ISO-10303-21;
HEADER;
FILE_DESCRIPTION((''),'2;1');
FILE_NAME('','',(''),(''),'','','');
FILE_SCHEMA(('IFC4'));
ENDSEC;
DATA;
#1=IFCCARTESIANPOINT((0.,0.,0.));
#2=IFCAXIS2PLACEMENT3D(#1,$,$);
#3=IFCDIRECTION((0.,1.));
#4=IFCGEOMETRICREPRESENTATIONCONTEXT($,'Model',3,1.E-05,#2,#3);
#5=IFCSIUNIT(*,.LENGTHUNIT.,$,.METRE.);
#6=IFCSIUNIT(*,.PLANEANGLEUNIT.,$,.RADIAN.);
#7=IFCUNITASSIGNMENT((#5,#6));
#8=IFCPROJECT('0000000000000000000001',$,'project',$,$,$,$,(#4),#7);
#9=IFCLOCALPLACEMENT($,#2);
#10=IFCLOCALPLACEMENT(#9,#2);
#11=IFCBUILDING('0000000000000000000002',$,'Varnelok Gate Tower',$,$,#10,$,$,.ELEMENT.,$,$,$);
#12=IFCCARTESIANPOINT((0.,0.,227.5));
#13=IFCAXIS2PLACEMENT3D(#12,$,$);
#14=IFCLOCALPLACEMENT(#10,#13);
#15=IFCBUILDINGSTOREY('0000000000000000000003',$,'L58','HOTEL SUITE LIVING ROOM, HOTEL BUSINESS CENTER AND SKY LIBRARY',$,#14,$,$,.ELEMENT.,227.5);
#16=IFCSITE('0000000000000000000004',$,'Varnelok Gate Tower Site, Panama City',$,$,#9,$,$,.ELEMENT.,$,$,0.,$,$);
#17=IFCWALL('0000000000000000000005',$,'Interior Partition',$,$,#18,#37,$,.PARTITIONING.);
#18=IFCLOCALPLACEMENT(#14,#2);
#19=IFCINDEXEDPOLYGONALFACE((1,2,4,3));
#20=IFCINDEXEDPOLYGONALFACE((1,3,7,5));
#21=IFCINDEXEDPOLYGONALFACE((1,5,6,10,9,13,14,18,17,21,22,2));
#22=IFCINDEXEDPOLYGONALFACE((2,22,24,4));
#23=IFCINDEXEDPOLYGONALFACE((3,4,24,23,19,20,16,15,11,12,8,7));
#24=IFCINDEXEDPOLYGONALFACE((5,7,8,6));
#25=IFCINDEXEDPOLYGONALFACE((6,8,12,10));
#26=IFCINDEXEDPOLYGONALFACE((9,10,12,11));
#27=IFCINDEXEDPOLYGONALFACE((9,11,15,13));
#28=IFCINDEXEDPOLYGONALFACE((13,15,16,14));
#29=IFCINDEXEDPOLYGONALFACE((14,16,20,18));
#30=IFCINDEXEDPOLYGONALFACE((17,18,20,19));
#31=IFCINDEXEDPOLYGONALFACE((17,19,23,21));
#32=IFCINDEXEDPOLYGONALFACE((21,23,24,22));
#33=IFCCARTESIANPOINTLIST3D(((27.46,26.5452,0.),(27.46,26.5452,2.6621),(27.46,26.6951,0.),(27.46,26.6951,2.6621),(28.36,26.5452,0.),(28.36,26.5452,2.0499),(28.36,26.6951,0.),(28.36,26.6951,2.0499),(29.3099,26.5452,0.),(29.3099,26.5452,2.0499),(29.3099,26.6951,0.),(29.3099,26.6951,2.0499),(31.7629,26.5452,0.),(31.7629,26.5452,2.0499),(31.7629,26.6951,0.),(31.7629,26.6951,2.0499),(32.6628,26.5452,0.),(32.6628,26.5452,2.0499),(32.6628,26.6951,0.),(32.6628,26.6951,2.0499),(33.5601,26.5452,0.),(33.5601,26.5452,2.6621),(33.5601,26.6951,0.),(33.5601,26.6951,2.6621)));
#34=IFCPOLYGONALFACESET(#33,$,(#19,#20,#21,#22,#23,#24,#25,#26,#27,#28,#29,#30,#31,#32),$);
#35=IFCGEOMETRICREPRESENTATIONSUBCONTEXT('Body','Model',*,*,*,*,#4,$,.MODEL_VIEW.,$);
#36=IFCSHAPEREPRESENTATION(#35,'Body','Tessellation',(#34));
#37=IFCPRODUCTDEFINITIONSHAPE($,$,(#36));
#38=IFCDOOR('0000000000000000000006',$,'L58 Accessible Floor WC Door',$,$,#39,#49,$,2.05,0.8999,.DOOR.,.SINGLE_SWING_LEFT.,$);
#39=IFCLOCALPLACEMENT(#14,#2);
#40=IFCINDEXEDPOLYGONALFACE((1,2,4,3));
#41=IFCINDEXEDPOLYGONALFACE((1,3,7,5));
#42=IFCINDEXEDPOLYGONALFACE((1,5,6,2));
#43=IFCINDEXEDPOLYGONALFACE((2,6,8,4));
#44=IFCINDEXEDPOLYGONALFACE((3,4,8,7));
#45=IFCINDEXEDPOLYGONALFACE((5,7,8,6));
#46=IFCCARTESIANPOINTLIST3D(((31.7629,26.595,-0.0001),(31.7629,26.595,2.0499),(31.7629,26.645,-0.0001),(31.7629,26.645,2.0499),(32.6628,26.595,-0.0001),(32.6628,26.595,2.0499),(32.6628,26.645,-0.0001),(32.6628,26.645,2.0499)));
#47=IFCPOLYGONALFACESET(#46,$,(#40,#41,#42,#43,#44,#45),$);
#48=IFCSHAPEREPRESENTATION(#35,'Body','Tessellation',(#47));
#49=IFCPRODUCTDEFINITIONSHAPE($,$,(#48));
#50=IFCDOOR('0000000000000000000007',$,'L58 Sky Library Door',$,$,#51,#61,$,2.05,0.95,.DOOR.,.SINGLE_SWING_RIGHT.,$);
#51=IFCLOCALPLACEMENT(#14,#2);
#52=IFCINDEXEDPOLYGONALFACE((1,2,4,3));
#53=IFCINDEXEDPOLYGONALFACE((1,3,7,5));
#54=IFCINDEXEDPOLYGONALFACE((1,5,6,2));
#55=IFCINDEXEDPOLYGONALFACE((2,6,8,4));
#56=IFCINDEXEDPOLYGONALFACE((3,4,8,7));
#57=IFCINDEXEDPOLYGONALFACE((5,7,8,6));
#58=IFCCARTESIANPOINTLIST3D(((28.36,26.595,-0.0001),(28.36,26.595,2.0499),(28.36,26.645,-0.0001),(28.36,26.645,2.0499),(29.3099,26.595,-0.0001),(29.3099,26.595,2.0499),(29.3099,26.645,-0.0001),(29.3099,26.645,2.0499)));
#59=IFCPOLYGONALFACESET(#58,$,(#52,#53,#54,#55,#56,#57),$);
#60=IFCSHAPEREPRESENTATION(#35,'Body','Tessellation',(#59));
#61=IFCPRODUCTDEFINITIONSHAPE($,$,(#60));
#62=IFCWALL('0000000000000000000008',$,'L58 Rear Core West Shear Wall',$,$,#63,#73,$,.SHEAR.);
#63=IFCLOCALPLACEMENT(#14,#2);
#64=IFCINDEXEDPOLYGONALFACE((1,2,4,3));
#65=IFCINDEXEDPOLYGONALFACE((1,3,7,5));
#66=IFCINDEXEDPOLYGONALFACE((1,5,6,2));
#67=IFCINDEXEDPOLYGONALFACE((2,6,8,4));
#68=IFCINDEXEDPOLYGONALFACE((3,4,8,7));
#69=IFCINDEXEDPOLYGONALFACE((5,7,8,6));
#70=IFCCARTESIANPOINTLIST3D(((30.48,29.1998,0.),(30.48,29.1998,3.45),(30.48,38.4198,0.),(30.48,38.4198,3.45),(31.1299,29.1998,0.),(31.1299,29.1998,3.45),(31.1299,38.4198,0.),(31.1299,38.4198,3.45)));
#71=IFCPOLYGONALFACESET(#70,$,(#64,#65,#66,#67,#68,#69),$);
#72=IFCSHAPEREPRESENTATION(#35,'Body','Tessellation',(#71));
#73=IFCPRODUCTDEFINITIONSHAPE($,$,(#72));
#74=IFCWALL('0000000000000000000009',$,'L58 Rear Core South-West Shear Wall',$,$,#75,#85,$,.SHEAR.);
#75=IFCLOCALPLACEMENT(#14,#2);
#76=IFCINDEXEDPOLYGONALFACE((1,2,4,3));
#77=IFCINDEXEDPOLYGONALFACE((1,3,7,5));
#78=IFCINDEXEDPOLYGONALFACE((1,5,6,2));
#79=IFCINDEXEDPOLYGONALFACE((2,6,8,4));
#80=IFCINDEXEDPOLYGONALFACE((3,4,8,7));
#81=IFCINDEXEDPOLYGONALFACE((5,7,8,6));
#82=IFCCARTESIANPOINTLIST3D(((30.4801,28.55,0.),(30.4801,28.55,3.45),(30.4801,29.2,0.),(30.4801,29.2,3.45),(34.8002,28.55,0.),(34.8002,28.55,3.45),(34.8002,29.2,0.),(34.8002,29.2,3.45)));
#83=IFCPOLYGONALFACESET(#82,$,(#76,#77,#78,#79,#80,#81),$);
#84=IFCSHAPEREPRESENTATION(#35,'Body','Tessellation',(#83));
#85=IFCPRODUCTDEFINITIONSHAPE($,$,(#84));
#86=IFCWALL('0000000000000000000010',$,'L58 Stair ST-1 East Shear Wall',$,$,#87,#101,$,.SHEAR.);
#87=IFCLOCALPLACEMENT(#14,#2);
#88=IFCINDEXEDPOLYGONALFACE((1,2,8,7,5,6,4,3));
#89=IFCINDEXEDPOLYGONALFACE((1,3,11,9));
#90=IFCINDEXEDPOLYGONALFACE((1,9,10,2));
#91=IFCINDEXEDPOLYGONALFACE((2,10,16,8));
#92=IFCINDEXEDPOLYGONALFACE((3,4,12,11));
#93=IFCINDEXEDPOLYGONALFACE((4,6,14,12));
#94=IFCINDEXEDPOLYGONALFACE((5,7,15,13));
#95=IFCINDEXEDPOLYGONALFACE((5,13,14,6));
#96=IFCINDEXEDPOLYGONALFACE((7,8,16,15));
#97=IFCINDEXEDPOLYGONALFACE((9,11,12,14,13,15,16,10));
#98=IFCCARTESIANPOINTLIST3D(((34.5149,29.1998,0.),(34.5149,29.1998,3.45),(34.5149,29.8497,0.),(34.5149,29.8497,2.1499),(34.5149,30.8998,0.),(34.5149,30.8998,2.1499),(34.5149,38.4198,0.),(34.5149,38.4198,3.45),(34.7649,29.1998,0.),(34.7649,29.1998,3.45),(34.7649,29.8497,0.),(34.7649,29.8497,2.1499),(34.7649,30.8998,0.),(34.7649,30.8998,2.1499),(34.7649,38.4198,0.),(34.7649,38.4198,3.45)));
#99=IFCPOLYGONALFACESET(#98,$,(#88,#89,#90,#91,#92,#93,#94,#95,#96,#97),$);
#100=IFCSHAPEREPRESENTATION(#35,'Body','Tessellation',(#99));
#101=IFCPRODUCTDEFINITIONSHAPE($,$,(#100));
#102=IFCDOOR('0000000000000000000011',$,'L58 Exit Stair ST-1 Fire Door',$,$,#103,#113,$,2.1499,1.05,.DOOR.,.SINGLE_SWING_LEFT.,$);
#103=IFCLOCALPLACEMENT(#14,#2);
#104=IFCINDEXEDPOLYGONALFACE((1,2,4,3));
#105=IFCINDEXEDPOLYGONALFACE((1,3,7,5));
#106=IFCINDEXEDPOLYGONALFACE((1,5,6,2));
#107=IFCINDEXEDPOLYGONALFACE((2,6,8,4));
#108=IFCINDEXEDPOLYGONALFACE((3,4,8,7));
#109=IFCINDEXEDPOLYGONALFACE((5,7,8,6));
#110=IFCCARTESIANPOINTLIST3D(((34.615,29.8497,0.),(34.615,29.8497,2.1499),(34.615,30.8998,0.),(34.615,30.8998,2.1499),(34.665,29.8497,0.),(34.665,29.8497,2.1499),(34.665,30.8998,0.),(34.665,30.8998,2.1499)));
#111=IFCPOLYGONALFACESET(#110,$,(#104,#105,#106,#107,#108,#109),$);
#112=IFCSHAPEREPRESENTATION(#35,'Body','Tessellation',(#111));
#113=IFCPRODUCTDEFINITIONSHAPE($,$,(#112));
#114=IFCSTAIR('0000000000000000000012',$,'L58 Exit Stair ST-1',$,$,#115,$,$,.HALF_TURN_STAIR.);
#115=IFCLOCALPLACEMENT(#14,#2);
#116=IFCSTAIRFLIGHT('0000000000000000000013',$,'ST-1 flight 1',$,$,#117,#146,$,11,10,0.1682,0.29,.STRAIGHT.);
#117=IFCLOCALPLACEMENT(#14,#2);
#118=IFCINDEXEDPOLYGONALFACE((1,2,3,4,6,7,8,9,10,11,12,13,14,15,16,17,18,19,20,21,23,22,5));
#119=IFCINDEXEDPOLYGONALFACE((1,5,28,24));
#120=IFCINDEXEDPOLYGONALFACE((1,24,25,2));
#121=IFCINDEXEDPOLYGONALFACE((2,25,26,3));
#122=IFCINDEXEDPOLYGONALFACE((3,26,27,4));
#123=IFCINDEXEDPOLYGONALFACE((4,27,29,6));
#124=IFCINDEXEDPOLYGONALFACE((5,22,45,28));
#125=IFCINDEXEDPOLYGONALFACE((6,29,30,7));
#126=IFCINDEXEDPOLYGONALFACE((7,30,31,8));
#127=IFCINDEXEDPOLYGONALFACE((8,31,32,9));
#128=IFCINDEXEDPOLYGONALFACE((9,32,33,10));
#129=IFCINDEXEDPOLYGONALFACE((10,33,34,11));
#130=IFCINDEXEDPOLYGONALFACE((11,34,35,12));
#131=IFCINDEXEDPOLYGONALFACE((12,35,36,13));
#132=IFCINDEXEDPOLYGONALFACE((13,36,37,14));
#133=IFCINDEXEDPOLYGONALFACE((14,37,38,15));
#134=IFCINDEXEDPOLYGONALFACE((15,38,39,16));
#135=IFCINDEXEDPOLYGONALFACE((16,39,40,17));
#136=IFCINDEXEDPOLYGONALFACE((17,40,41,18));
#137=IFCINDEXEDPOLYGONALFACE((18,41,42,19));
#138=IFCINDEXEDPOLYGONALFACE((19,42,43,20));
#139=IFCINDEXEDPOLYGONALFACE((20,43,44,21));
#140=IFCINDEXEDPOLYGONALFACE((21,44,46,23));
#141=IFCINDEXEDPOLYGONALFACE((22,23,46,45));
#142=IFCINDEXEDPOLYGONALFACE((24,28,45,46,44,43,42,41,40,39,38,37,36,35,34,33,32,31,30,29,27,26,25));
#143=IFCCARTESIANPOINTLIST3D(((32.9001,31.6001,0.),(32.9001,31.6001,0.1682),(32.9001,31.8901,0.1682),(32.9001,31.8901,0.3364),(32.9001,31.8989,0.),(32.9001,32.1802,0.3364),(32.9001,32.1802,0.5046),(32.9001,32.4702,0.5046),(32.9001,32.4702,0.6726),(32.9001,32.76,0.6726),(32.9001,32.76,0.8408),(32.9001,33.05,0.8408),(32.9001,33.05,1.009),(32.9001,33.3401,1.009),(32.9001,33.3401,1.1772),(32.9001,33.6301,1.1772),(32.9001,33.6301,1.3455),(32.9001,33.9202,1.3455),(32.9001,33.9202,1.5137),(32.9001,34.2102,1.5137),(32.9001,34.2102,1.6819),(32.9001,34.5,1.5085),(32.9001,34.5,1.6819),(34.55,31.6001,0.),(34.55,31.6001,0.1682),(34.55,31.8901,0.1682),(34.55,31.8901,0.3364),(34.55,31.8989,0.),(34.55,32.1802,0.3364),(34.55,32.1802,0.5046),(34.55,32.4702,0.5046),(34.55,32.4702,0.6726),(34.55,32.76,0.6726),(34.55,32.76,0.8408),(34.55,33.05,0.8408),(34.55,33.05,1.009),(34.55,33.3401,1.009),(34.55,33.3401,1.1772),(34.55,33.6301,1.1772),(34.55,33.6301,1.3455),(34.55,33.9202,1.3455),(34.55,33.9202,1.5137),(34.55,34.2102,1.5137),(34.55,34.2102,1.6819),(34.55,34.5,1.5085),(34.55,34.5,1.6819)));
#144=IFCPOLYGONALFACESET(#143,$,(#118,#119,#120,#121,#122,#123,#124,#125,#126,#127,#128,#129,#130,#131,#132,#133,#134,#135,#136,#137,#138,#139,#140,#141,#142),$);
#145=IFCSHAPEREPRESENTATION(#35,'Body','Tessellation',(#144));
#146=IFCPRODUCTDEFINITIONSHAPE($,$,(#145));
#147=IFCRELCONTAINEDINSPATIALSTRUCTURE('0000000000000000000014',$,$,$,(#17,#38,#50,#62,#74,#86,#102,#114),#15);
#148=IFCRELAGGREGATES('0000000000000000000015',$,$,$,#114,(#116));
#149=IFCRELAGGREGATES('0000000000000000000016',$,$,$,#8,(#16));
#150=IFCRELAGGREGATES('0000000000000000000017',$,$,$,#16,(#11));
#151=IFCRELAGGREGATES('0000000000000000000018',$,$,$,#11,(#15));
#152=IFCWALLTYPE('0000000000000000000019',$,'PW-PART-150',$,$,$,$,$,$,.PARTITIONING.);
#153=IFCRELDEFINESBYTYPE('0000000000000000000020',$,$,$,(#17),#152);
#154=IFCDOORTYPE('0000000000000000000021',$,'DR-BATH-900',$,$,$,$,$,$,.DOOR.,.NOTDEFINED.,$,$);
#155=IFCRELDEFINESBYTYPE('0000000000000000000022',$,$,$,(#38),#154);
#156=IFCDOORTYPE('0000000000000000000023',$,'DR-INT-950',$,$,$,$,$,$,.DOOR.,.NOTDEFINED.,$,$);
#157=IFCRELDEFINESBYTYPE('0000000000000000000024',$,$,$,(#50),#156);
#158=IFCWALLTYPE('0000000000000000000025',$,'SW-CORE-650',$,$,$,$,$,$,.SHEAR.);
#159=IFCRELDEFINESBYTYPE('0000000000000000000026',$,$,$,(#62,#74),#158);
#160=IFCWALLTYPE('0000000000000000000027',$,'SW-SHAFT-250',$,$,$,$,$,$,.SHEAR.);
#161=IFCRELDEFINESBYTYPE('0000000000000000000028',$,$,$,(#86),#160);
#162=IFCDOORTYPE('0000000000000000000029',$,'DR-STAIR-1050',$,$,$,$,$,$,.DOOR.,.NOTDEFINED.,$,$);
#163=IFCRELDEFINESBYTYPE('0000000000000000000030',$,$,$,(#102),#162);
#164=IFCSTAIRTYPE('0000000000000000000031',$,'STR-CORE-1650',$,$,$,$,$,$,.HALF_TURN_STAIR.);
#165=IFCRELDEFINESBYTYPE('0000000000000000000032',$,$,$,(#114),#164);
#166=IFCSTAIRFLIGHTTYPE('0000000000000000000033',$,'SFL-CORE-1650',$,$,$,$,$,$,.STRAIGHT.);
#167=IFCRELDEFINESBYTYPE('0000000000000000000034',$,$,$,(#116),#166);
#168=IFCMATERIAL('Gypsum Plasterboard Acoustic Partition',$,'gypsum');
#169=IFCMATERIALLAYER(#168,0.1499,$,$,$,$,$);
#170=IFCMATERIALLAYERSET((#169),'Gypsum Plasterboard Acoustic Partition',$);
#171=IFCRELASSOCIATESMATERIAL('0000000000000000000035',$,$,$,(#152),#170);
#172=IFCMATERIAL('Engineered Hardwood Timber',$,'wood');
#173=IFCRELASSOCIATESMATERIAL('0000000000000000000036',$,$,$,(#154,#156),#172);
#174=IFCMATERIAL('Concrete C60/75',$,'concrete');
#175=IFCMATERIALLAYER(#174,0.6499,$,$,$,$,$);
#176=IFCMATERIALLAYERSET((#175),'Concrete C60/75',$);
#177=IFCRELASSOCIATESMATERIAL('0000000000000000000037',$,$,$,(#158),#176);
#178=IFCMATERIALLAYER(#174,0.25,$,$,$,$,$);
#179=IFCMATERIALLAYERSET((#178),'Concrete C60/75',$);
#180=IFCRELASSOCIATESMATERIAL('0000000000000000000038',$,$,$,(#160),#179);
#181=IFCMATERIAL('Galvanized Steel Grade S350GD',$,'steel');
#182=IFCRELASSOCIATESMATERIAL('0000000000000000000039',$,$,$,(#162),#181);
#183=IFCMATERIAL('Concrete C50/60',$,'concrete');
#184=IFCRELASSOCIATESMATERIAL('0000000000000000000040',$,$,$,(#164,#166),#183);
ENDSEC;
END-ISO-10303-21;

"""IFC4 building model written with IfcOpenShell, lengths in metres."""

from ifc_helpers import new_model, si_unit, direction, frame, frame_2d, origin, place, context, subcontext, project, spatial, polyline, rectangle, outline, extrude, material, layer, layer_set, type_object, element, fill, aggregate, save


model = new_model("IFC4")

# Units and contexts
model_context = context("Model", 3, precision=1e-05, world=origin(), true_north=direction((0.0, 1.0)))
body_context = subcontext(model_context, "Body", "Model", "MODEL_VIEW")
ifc_project = project(units=[si_unit("LENGTHUNIT", "METRE"), si_unit("PLANEANGLEUNIT", "RADIAN")], contexts=[model_context])

# Site, building, storey
site_placement = place(None, origin())
site = spatial("IfcSite", under=ifc_project, at=site_placement, Name="Varnelok Gate Tower Site, Panama City", CompositionType="ELEMENT", RefElevation=0.0)
building_placement = place(site_placement, origin())
building = spatial("IfcBuilding", under=site, at=building_placement, Name="Varnelok Gate Tower", CompositionType="ELEMENT")
storey_placement = place(building_placement, frame((0.0, 0.0, 227.5)))
storey = spatial("IfcBuildingStorey", under=building, at=storey_placement, Name="L58", Description="HOTEL SUITE LIVING ROOM, HOTEL BUSINESS CENTER AND SKY LIBRARY", CompositionType="ELEMENT", Elevation=227.5)

# Shared definitions
ifc_material_1 = material(Name="Concrete C60/75", Category="concrete")

# Shared definitions
ifc_material_2 = material(Name="Gypsum Plasterboard Acoustic Partition", Category="gypsum")

# Wall, openings, doors
ifc_layer_1 = layer(ifc_material_2, 0.1499)
ifc_layer_set_1 = layer_set([ifc_layer_1], Name="Gypsum Plasterboard Acoustic Partition")
wall_type_1 = type_object("IfcWallType", Name="PW-PART-150", PredefinedType="PARTITIONING", material=ifc_layer_set_1)
wall_1_placement = place(storey_placement, frame((27.46, 26.6201, 0.0), z_axis=(0.0, 0.0, 1.0), x_axis=(1.0, 0.0, 0.0)))
wall_1 = element("IfcWall", 1, at=wall_1_placement, inside=storey, type_object=wall_type_1, Name="Interior Partition", PredefinedType="PARTITIONING", context=body_context, shape_type="SweptSolid", body=[
    extrude(rectangle(XDim=6.1001, YDim=0.1499, at=frame_2d((3.05, 0.0))), origin(), (0.0, 0.0, 1.0), 2.6621),
])
opening_1_placement = place(wall_1_placement, frame((0.8999, 0.0, 0.0)))
opening_1 = element("IfcOpeningElement", 2, at=opening_1_placement, cuts=wall_1, PredefinedType="OPENING", context=body_context, shape_type="SweptSolid", body=[
    extrude(rectangle(XDim=0.95, YDim=2.05, at=frame_2d((0.4751, 1.0249))), frame((0.0, 0.085, 0.0), z_axis=(0.0, -1.0, 0.0), x_axis=(1.0, 0.0, 0.0)), (0.0, 0.0, 1.0), 0.1699),
])
opening_2_placement = place(wall_1_placement, frame((4.303, 0.0, 0.0)))
opening_2 = element("IfcOpeningElement", 3, at=opening_2_placement, cuts=wall_1, PredefinedType="OPENING", context=body_context, shape_type="SweptSolid", body=[
    extrude(rectangle(XDim=0.8999, YDim=2.05, at=frame_2d((0.45, 1.0249))), frame((0.0, 0.085, 0.0), z_axis=(0.0, -1.0, 0.0), x_axis=(1.0, 0.0, 0.0)), (0.0, 0.0, 1.0), 0.1699),
])
ifc_material_3 = material(Name="Engineered Hardwood Timber", Category="wood")
door_type_1 = type_object("IfcDoorType", Name="DR-BATH-900", OperationType="NOTDEFINED", PredefinedType="DOOR", material=ifc_material_3)
door_1_placement = place(opening_2_placement, origin())
door_1 = element("IfcDoor", 4, at=door_1_placement, inside=storey, type_object=door_type_1, Name="L58 Accessible Floor WC Door", OperationType="SINGLE_SWING_LEFT", OverallHeight=2.05, OverallWidth=0.8999, PredefinedType="DOOR", context=body_context, shape_type="SweptSolid", body=[
    extrude(rectangle(XDim=0.8999, YDim=2.05, at=frame_2d((0.45, 1.0249))), frame((0.0, 0.0249, 0.0), z_axis=(0.0, -1.0, 0.0), x_axis=(1.0, 0.0, 0.0)), (0.0, 0.0, 1.0), 0.05),
])
fill(opening_2, door_1)
door_type_2 = type_object("IfcDoorType", Name="DR-INT-950", OperationType="NOTDEFINED", PredefinedType="DOOR", material=ifc_material_3)
door_2_placement = place(opening_1_placement, origin())
door_2 = element("IfcDoor", 5, at=door_2_placement, inside=storey, type_object=door_type_2, Name="L58 Sky Library Door", OperationType="SINGLE_SWING_RIGHT", OverallHeight=2.05, OverallWidth=0.95, PredefinedType="DOOR", context=body_context, shape_type="SweptSolid", body=[
    extrude(rectangle(XDim=0.95, YDim=2.05, at=frame_2d((0.4751, 1.0249))), frame((0.0, 0.0249, 0.0), z_axis=(0.0, -1.0, 0.0), x_axis=(1.0, 0.0, 0.0)), (0.0, 0.0, 1.0), 0.05),
])
fill(opening_1, door_2)

# Walls
ifc_layer_2 = layer(ifc_material_1, 0.6499)
ifc_layer_set_2 = layer_set([ifc_layer_2], Name="Concrete C60/75")
wall_type_2 = type_object("IfcWallType", Name="SW-CORE-650", PredefinedType="SHEAR", material=ifc_layer_set_2)
wall_2_placement = place(storey_placement, frame((30.8049, 29.2, 0.0), z_axis=(0.0, 0.0, 1.0), x_axis=(0.0, 1.0, 0.0)))
element("IfcWall", 6, at=wall_2_placement, inside=storey, type_object=wall_type_2, Name="L58 Rear Core West Shear Wall", PredefinedType="SHEAR", context=body_context, shape_type="SweptSolid", body=[
    extrude(rectangle(XDim=9.22, YDim=0.6499, at=frame_2d((4.6099, 0.0))), origin(), (0.0, 0.0, 1.0), 3.45),
])
wall_3_placement = place(storey_placement, frame((30.48, 28.875, 0.0), z_axis=(0.0, 0.0, 1.0), x_axis=(1.0, 0.0, 0.0)))
element("IfcWall", 7, at=wall_3_placement, inside=storey, type_object=wall_type_2, Name="L58 Rear Core South-West Shear Wall", PredefinedType="SHEAR", context=body_context, shape_type="SweptSolid", body=[
    extrude(rectangle(XDim=4.3201, YDim=0.6499, at=frame_2d((2.1602, 0.0))), origin(), (0.0, 0.0, 1.0), 3.45),
])

# Wall, opening, door
ifc_layer_3 = layer(ifc_material_1, 0.25)
ifc_layer_set_3 = layer_set([ifc_layer_3], Name="Concrete C60/75")
wall_type_3 = type_object("IfcWallType", Name="SW-SHAFT-250", PredefinedType="SHEAR", material=ifc_layer_set_3)
wall_4_placement = place(storey_placement, frame((34.6399, 29.2, 0.0), z_axis=(0.0, 0.0, 1.0), x_axis=(0.0, 1.0, 0.0)))
wall_4 = element("IfcWall", 8, at=wall_4_placement, inside=storey, type_object=wall_type_3, Name="L58 Stair ST-1 East Shear Wall", PredefinedType="SHEAR", context=body_context, shape_type="SweptSolid", body=[
    extrude(rectangle(XDim=9.22, YDim=0.25, at=frame_2d((4.6099, 0.0))), origin(), (0.0, 0.0, 1.0), 3.45),
])
opening_3_placement = place(wall_4_placement, frame((0.6499, 0.0, 0.0)))
opening_3 = element("IfcOpeningElement", 9, at=opening_3_placement, cuts=wall_4, PredefinedType="OPENING", context=body_context, shape_type="SweptSolid", body=[
    extrude(rectangle(XDim=1.05, YDim=2.1499, at=frame_2d((0.5249, 1.075))), frame((0.0, 0.135, 0.0), z_axis=(0.0, -1.0, 0.0), x_axis=(1.0, 0.0, 0.0)), (0.0, 0.0, 1.0), 0.27),
])
ifc_material_4 = material(Name="Galvanized Steel Grade S350GD", Category="steel")
door_type_3 = type_object("IfcDoorType", Name="DR-STAIR-1050", OperationType="NOTDEFINED", PredefinedType="DOOR", material=ifc_material_4)
door_3_placement = place(opening_3_placement, origin())
door_3 = element("IfcDoor", 10, at=door_3_placement, inside=storey, type_object=door_type_3, Name="L58 Exit Stair ST-1 Fire Door", OperationType="SINGLE_SWING_LEFT", OverallHeight=2.1499, OverallWidth=1.05, PredefinedType="DOOR", context=body_context, shape_type="SweptSolid", body=[
    extrude(rectangle(XDim=1.05, YDim=2.1499, at=frame_2d((0.5249, 1.075))), frame((0.0, 0.0249, 0.0), z_axis=(0.0, -1.0, 0.0), x_axis=(1.0, 0.0, 0.0)), (0.0, 0.0, 1.0), 0.05),
])
fill(opening_3, door_3)

# Stair, stair flight
ifc_material_5 = material(Name="Concrete C50/60", Category="concrete")
stair_type = type_object("IfcStairType", Name="STR-CORE-1650", PredefinedType="HALF_TURN_STAIR", material=ifc_material_5)
stair_placement = place(storey_placement, origin())
stair = element("IfcStair", 11, at=stair_placement, inside=storey, type_object=stair_type, Name="L58 Exit Stair ST-1", PredefinedType="HALF_TURN_STAIR")
stair_flight_type = type_object("IfcStairFlightType", Name="SFL-CORE-1650", PredefinedType="STRAIGHT", material=ifc_material_5)
stair_flight_placement = place(storey_placement, frame((33.7251, 31.6001, 0.0), z_axis=(0.0, 0.0, 1.0), x_axis=(0.0, 1.0, 0.0)))
stair_flight = element("IfcStairFlight", 12, at=stair_flight_placement, type_object=stair_flight_type, Name="ST-1 flight 1", NumberOfRisers=11, NumberOfTreads=10, PredefinedType="STRAIGHT", RiserHeight=0.1682, TreadLength=0.29, context=body_context, shape_type="SweptSolid", body=[
    extrude(outline(polyline([(0.0, 0.0), (0.0, 0.1682), (0.29, 0.1682), (0.29, 0.3364), (0.5801, 0.3364), (0.5801, 0.5046), (0.8701, 0.5046), (0.8701, 0.6726), (1.1599, 0.6726), (1.1599, 0.8408), (1.45, 0.8408), (1.45, 1.009), (1.74, 1.009), (1.74, 1.1772), (2.03, 1.1772), (2.03, 1.3455), (2.3201, 1.3455), (2.3201, 1.5137), (2.6101, 1.5137), (2.6101, 1.6819), (2.8999, 1.6819), (2.8999, 1.8501), (2.8999, 1.5085), (0.2988, 0.0), (0.0, 0.0)])), frame((0.0, 0.825, 0.0), z_axis=(0.0, -1.0, 0.0), x_axis=(1.0, 0.0, 0.0)), (0.0, 0.0, 1.0), 1.6499),
])
aggregate(stair, [stair_flight])

save(model, "model.ifc")
